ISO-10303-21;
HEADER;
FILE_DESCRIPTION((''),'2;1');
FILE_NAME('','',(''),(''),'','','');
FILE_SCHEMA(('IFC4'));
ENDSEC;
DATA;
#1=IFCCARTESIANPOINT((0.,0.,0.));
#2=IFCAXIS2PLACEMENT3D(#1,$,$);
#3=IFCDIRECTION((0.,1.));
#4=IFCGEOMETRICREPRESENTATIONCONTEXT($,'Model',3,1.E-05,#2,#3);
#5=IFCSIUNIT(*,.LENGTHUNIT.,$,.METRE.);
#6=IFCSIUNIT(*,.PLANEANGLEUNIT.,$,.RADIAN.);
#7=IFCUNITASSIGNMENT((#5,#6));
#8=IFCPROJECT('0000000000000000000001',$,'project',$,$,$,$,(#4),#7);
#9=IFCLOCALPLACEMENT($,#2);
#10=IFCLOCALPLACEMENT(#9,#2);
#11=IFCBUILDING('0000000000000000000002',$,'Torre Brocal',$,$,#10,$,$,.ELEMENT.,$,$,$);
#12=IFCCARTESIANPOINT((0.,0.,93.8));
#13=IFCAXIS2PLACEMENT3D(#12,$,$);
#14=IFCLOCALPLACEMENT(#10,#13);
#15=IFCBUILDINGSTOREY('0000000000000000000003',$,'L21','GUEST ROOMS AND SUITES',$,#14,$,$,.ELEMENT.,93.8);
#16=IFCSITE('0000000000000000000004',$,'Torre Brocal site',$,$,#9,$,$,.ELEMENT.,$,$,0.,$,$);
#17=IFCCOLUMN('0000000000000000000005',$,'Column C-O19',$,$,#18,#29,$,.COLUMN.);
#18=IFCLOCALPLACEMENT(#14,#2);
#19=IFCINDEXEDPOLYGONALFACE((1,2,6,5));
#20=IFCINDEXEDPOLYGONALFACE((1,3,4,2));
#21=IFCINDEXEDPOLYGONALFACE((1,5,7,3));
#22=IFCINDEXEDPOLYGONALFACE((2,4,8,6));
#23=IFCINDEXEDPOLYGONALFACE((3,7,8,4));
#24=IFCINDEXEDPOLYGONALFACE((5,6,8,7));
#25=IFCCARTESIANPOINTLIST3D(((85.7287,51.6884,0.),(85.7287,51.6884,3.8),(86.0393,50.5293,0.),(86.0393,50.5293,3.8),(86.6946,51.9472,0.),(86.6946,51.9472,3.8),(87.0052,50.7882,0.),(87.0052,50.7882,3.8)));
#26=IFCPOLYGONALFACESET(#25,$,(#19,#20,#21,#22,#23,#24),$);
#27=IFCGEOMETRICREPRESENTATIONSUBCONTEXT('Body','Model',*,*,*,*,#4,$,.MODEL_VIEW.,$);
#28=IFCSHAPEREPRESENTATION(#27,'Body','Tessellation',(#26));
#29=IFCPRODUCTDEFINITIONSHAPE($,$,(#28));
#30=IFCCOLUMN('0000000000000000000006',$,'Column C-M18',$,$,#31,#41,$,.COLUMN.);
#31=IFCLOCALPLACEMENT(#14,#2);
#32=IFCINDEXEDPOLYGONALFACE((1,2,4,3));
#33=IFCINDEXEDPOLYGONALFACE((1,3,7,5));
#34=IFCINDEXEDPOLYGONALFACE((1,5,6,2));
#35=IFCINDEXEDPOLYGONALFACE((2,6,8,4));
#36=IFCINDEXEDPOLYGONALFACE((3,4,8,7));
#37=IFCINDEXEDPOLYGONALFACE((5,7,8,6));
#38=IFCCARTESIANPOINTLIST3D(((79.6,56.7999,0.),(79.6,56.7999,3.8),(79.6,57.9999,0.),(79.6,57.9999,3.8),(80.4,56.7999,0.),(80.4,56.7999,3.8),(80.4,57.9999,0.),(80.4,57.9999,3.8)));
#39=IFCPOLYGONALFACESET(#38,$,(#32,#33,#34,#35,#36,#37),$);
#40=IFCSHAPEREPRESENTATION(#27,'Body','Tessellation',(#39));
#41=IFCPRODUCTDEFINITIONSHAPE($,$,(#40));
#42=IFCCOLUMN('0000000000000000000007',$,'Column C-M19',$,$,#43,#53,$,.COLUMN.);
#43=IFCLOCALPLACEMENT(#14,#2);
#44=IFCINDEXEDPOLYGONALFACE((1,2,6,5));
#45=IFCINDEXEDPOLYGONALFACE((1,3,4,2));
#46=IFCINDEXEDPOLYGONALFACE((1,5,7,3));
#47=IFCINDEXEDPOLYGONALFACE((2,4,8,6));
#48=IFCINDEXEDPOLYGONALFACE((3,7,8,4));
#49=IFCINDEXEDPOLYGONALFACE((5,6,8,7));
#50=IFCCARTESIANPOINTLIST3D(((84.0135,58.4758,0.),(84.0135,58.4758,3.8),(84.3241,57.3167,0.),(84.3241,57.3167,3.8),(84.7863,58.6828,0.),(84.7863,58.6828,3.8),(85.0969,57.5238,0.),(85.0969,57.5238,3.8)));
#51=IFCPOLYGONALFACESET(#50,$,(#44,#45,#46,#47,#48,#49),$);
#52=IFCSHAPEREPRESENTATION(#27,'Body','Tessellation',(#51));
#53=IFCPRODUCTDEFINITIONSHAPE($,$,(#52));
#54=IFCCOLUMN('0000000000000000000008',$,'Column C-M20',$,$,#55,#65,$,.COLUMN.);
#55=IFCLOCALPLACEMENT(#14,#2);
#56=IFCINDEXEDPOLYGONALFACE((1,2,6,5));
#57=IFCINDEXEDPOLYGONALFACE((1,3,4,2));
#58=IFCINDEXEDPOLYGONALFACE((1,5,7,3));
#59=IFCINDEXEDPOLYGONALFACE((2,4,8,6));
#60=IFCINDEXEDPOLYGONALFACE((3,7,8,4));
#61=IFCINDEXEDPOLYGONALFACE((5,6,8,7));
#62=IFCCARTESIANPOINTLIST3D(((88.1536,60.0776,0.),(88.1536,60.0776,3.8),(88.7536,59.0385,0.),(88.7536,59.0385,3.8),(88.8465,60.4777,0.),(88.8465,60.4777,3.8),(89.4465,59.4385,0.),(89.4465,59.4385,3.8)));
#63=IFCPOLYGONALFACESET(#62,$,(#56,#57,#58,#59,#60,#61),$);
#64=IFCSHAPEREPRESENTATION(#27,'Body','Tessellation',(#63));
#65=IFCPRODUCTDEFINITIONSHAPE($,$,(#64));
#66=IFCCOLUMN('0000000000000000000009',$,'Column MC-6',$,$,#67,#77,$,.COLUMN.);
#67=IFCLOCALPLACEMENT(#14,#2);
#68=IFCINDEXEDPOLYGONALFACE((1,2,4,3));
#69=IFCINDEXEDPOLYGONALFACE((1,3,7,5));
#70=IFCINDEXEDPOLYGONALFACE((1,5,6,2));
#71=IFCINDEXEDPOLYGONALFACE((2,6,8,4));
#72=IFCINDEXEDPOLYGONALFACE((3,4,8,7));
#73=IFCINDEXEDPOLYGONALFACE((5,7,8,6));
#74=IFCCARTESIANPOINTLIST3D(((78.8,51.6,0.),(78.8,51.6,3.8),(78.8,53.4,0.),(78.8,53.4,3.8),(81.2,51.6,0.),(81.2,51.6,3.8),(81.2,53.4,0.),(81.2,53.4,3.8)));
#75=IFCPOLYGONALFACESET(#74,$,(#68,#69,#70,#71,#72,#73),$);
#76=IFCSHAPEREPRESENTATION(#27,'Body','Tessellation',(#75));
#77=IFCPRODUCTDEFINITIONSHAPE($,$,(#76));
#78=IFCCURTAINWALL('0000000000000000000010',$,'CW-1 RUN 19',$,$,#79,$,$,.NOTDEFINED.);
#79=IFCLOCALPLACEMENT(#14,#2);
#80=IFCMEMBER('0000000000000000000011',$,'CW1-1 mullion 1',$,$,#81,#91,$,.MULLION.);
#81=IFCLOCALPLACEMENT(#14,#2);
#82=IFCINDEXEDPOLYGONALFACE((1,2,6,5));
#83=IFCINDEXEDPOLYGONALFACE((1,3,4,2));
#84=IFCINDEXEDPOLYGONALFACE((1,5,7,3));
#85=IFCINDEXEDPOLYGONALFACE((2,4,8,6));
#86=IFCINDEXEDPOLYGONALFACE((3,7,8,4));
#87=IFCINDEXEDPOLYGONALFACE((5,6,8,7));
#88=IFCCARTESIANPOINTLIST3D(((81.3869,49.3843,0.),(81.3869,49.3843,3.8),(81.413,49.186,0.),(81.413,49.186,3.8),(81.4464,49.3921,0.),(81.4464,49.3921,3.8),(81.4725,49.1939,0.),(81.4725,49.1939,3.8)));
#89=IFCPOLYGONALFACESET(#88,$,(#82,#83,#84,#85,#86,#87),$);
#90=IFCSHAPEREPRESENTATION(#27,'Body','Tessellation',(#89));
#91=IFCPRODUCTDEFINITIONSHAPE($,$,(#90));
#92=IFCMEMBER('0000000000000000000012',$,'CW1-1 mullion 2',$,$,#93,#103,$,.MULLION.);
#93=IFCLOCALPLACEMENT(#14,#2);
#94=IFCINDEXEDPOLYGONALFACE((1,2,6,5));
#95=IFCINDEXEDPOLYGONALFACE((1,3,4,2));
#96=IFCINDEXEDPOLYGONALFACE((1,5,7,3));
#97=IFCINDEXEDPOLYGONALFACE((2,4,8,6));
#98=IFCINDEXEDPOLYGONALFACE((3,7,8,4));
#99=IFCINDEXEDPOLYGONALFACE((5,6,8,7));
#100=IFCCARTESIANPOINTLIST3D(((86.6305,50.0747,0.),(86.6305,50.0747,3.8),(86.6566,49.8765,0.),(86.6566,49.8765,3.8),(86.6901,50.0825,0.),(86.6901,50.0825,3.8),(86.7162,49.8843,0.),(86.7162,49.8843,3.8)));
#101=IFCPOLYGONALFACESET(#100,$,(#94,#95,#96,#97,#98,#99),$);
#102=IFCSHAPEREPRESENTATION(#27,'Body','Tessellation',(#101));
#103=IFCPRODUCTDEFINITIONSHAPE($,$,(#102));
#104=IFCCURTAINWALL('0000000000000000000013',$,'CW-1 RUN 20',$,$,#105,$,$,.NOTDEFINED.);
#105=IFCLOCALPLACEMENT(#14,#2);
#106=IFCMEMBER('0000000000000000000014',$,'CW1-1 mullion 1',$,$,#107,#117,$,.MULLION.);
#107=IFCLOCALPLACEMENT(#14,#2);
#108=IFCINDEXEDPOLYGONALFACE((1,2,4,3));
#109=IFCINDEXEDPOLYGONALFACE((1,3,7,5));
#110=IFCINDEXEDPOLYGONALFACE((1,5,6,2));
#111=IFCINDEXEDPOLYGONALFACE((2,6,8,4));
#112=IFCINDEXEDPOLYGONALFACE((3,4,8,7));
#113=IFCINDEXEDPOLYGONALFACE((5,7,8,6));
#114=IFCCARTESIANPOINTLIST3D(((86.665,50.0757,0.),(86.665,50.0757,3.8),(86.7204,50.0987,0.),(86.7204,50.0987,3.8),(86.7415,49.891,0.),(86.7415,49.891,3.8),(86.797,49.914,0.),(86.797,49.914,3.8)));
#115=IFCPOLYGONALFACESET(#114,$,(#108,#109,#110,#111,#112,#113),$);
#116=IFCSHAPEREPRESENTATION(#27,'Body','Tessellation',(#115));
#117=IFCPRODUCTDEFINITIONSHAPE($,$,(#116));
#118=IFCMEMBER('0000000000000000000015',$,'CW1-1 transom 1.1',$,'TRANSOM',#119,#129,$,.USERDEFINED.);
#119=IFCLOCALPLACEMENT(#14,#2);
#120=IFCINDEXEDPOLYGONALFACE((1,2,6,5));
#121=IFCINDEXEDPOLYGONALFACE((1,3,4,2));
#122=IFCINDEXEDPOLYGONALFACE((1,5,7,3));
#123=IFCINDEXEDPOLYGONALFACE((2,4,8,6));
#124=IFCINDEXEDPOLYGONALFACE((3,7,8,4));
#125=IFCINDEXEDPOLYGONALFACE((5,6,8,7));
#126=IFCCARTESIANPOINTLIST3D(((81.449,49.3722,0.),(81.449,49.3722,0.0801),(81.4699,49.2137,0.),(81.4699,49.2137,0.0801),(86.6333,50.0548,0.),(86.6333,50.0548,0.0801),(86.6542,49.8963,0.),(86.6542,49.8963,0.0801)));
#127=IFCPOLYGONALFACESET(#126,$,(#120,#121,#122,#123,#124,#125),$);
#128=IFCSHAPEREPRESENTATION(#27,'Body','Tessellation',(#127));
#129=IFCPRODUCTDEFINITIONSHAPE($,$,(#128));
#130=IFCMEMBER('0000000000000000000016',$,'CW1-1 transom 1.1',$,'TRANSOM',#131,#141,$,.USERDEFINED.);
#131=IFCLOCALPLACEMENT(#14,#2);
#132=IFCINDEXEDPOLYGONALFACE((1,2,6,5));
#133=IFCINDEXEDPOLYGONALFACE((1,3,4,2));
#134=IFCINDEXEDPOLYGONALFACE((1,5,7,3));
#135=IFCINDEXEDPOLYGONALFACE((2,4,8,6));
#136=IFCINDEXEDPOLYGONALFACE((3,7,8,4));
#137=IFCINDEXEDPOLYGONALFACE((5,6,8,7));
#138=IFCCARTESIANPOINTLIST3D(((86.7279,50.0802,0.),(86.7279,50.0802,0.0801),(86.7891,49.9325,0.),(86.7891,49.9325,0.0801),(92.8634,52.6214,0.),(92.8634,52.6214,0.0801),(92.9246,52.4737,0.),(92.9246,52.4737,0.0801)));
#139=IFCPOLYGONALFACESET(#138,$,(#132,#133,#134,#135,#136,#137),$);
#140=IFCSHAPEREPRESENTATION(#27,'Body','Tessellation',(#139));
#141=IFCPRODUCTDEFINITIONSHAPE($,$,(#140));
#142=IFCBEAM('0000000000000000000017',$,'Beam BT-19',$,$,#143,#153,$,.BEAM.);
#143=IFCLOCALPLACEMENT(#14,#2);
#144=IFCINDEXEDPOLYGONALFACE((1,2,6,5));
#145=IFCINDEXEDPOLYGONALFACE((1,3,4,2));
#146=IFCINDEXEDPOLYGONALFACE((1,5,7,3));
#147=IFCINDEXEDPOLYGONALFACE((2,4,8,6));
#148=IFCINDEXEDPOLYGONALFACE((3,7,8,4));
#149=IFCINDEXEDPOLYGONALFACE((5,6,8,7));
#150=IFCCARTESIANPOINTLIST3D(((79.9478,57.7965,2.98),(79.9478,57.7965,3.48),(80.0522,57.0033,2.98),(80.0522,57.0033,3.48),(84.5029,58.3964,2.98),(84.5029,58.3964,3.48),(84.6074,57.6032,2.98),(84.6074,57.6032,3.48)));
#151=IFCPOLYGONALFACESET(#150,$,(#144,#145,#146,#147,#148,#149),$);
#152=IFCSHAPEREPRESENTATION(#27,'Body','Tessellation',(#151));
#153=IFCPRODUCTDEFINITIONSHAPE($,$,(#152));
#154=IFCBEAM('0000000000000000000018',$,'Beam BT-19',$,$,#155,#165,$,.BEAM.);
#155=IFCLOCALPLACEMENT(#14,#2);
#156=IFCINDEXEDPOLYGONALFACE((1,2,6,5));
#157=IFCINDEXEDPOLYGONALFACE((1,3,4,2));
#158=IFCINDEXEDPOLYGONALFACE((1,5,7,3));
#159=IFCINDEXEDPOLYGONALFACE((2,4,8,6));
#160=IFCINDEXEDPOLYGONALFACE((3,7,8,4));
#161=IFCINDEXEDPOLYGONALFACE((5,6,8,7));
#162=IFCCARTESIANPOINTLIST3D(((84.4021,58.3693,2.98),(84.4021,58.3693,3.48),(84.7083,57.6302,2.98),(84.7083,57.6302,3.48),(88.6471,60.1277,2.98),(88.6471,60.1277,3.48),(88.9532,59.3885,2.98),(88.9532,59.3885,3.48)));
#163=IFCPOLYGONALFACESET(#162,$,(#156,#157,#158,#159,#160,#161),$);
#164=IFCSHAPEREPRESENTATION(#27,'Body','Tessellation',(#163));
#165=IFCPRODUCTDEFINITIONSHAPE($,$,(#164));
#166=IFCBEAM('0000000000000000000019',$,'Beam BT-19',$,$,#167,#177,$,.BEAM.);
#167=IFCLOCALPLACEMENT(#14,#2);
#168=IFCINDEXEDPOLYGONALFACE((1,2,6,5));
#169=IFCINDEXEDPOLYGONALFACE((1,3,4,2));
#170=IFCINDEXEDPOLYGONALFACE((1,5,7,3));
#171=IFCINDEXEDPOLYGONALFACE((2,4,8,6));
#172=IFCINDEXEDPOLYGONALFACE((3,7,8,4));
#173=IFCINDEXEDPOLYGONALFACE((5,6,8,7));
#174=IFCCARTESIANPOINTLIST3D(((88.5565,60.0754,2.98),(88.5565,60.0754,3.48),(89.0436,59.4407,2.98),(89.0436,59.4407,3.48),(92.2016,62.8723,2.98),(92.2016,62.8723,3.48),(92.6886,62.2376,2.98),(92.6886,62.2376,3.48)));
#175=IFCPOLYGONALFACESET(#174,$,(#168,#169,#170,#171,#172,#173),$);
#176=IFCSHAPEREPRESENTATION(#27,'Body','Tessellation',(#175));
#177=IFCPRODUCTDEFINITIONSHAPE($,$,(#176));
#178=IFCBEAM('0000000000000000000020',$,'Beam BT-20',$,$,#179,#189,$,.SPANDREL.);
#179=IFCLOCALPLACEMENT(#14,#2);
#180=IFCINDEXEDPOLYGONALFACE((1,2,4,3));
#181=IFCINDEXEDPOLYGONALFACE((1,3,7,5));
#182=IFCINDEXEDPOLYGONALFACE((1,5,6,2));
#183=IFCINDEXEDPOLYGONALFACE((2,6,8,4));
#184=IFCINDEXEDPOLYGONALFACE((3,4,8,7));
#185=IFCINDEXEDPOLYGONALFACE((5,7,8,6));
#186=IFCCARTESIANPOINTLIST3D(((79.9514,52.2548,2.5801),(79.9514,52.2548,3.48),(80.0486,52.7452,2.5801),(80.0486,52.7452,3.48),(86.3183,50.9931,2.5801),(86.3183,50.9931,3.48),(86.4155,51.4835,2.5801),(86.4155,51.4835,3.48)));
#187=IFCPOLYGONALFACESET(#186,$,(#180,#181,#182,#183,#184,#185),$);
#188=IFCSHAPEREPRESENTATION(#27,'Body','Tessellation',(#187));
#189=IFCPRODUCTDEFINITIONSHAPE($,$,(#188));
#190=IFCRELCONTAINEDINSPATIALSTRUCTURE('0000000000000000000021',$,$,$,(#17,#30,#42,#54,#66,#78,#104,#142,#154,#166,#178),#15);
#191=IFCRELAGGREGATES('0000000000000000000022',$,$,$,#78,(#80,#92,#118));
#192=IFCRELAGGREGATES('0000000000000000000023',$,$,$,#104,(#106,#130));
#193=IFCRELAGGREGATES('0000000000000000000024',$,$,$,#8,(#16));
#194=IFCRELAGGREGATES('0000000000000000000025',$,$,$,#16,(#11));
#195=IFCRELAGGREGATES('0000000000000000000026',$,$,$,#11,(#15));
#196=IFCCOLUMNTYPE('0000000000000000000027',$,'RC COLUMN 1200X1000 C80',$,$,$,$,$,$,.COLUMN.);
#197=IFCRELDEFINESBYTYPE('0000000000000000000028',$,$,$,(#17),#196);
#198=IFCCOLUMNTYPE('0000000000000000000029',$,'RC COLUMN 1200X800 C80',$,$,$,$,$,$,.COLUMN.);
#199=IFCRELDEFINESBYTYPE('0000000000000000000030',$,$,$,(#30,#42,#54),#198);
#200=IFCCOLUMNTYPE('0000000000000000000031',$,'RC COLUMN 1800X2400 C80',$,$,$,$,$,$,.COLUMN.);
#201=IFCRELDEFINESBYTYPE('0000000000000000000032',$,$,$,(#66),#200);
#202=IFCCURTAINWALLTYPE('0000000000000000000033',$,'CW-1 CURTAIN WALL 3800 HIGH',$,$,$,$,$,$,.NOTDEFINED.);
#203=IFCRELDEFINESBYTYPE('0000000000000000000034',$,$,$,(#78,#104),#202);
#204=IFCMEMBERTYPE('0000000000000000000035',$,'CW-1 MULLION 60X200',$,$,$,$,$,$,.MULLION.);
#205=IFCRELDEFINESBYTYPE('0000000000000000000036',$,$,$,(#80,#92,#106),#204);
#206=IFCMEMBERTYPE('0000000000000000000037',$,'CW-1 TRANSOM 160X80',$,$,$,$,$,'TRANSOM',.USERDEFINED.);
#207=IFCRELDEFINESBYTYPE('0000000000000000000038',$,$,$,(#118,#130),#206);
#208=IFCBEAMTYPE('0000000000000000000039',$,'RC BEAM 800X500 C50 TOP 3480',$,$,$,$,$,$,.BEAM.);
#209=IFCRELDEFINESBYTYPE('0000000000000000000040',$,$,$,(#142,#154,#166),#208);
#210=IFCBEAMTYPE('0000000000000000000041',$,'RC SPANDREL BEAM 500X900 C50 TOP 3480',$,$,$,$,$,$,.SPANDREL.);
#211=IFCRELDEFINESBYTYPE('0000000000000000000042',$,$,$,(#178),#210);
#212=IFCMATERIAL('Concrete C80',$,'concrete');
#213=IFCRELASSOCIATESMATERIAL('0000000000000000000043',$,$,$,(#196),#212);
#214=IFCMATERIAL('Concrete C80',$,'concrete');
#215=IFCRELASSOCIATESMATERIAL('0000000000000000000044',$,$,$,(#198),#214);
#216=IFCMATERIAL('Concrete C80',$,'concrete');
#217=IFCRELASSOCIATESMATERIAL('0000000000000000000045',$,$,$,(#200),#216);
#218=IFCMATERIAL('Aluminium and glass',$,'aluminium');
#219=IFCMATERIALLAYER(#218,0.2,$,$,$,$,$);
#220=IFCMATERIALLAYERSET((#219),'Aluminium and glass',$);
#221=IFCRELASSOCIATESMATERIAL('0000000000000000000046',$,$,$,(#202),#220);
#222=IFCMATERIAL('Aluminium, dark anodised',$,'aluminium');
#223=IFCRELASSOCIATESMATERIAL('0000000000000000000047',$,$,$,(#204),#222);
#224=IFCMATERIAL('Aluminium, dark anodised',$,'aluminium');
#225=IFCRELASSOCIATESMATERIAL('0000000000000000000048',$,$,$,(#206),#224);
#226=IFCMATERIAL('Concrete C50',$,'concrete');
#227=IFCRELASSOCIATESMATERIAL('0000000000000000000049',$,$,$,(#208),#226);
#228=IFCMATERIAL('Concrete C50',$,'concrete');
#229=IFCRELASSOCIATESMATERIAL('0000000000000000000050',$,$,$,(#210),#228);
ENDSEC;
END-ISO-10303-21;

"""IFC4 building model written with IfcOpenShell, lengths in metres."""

from ifc_helpers import new_model, si_unit, direction, frame, origin, origin_2d, place, context, subcontext, project, spatial, rectangle, extrude, material, layer, layer_set, material_profile, profile_set, type_object, element, aggregate, save


model = new_model("IFC4")

# Units and contexts
model_context = context("Model", 3, precision=1e-05, world=origin(), true_north=direction((0.0, 1.0)))
body_context = subcontext(model_context, "Body", "Model", "MODEL_VIEW")
ifc_project = project(units=[si_unit("LENGTHUNIT", "METRE"), si_unit("PLANEANGLEUNIT", "RADIAN")], contexts=[model_context])

# Site, building, storey
site_placement = place(None, origin())
site = spatial("IfcSite", under=ifc_project, at=site_placement, Name="Torre Brocal site", CompositionType="ELEMENT", RefElevation=0.0)
building_placement = place(site_placement, origin())
building = spatial("IfcBuilding", under=site, at=building_placement, Name="Torre Brocal", CompositionType="ELEMENT")
storey_placement = place(building_placement, frame((0.0, 0.0, 93.8)))
storey = spatial("IfcBuildingStorey", under=building, at=storey_placement, Name="L21", Description="GUEST ROOMS AND SUITES", CompositionType="ELEMENT", Elevation=93.8)

# Columns
ifc_material_1 = material(Name="Concrete C80", Category="concrete")
ifc_material_profile_1 = material_profile(ifc_material_1, rectangle(XDim=1.2, YDim=1.0, at=origin_2d()), Name="RC 1200X1000")
ifc_profile_set_1 = profile_set([ifc_material_profile_1], Name="Concrete C80")
column_type_1 = type_object("IfcColumnType", Name="RC COLUMN 1200X1000 C80", PredefinedType="COLUMN", material=ifc_profile_set_1)
column_1_placement = place(storey_placement, frame((86.3669, 51.2383, 0.0), z_axis=(0.0, 0.0, 1.0), x_axis=(0.258819, -0.965926, 0.0)))
element("IfcColumn", 1, at=column_1_placement, inside=storey, type_object=column_type_1, Name="Column C-O19", PredefinedType="COLUMN", context=body_context, shape_type="SweptSolid", body=[
    extrude(rectangle(XDim=1.2, YDim=1.0, at=origin_2d()), origin(), (0.0, 0.0, 1.0), 3.8),
])
ifc_material_2 = material(Name="Concrete C80", Category="concrete")
ifc_material_profile_2 = material_profile(ifc_material_2, rectangle(XDim=1.2, YDim=0.8, at=origin_2d()), Name="RC 1200X800")
ifc_profile_set_2 = profile_set([ifc_material_profile_2], Name="Concrete C80")
column_type_2 = type_object("IfcColumnType", Name="RC COLUMN 1200X800 C80", PredefinedType="COLUMN", material=ifc_profile_set_2)
for number, where, z_axis, x_axis, name in (
    (2, (80.0, 57.3999, 0.0), (0.0, 0.0, 1.0), (0.0, -1.0, 0.0), "Column C-M18"),
    (3, (84.5552, 57.9998, 0.0), (0.0, 0.0, 1.0), (0.258819, -0.965926, 0.0), "Column C-M19"),
    (4, (88.8, 59.7581, 0.0), (0.0, 0.0, 1.0), (0.5, -0.866025, 0.0), "Column C-M20"),
):
    element("IfcColumn", number, at=place(storey_placement, frame(where, z_axis=z_axis, x_axis=x_axis)), inside=storey, type_object=column_type_2, Name=name, PredefinedType="COLUMN", context=body_context, shape_type="SweptSolid", body=[
        extrude(rectangle(XDim=1.2, YDim=0.8, at=origin_2d()), origin(), (0.0, 0.0, 1.0), 3.8),
    ])
ifc_material_3 = material(Name="Concrete C80", Category="concrete")
ifc_material_profile_3 = material_profile(ifc_material_3, rectangle(XDim=1.8, YDim=2.3999, at=origin_2d()), Name="RC 1800X2400")
ifc_profile_set_3 = profile_set([ifc_material_profile_3], Name="Concrete C80")
column_type_3 = type_object("IfcColumnType", Name="RC COLUMN 1800X2400 C80", PredefinedType="COLUMN", material=ifc_profile_set_3)
column_2_placement = place(storey_placement, frame((80.0, 52.5, 0.0), z_axis=(0.0, 0.0, 1.0), x_axis=(0.0, -1.0, 0.0)))
element("IfcColumn", 5, at=column_2_placement, inside=storey, type_object=column_type_3, Name="Column MC-6", PredefinedType="COLUMN", context=body_context, shape_type="SweptSolid", body=[
    extrude(rectangle(XDim=1.8, YDim=2.3999, at=origin_2d()), origin(), (0.0, 0.0, 1.0), 3.8),
])

# Curtain wall, members
ifc_material_4 = material(Name="Aluminium and glass", Category="aluminium")
ifc_layer_1 = layer(ifc_material_4, 0.2)
ifc_layer_set_1 = layer_set([ifc_layer_1], Name="Aluminium and glass")
curtain_wall_type = type_object("IfcCurtainWallType", Name="CW-1 CURTAIN WALL 3800 HIGH", PredefinedType="NOTDEFINED", material=ifc_layer_set_1)
curtain_wall_1_placement = place(storey_placement, origin())
curtain_wall_1 = element("IfcCurtainWall", 6, at=curtain_wall_1_placement, inside=storey, type_object=curtain_wall_type, Name="CW-1 RUN 19", PredefinedType="NOTDEFINED")
ifc_material_5 = material(Name="Aluminium, dark anodised", Category="aluminium")
ifc_material_profile_4 = material_profile(ifc_material_5, rectangle(XDim=0.2, YDim=0.0601, at=origin_2d()), Name="CW-1 MULLION 60X200")
ifc_profile_set_4 = profile_set([ifc_material_profile_4], Name="Aluminium, dark anodised")
member_type_1 = type_object("IfcMemberType", Name="CW-1 MULLION 60X200", PredefinedType="MULLION", material=ifc_profile_set_4)
member_1_placement = place(storey_placement, frame((81.4297, 49.2891, 0.0), z_axis=(0.0, 0.0, 1.0), x_axis=(-0.130526, 0.991445, 0.0)))
member_1 = element("IfcMember", 7, at=member_1_placement, type_object=member_type_1, Name="CW1-1 mullion 1", PredefinedType="MULLION", context=body_context, shape_type="SweptSolid", body=[
    extrude(rectangle(XDim=0.2, YDim=0.0601, at=origin_2d()), origin(), (0.0, 0.0, 1.0), 3.8),
])
member_2_placement = place(storey_placement, frame((86.6733, 49.9795, 0.0), z_axis=(0.0, 0.0, 1.0), x_axis=(-0.130526, 0.991445, 0.0)))
member_2 = element("IfcMember", 8, at=member_2_placement, type_object=member_type_1, Name="CW1-1 mullion 2", PredefinedType="MULLION", context=body_context, shape_type="SweptSolid", body=[
    extrude(rectangle(XDim=0.2, YDim=0.0601, at=origin_2d()), origin(), (0.0, 0.0, 1.0), 3.8),
])

# Curtain wall, member
curtain_wall_2_placement = place(storey_placement, origin())
curtain_wall_2 = element("IfcCurtainWall", 9, at=curtain_wall_2_placement, inside=storey, type_object=curtain_wall_type, Name="CW-1 RUN 20", PredefinedType="NOTDEFINED")
member_3_placement = place(storey_placement, frame((86.731, 49.9949, 0.0), z_axis=(0.0, 0.0, 1.0), x_axis=(-0.382683, 0.92388, 0.0)))
member_3 = element("IfcMember", 10, at=member_3_placement, type_object=member_type_1, Name="CW1-1 mullion 1", PredefinedType="MULLION", context=body_context, shape_type="SweptSolid", body=[
    extrude(rectangle(XDim=0.2, YDim=0.0601, at=origin_2d()), origin(), (0.0, 0.0, 1.0), 3.8),
])

# Members
ifc_material_6 = material(Name="Aluminium, dark anodised", Category="aluminium")
ifc_material_profile_5 = material_profile(ifc_material_6, rectangle(XDim=0.1599, YDim=0.0801, at=origin_2d()), Name="CW-1 TRANSOM 160X80")
ifc_profile_set_5 = profile_set([ifc_material_profile_5], Name="Aluminium, dark anodised")
member_type_2 = type_object("IfcMemberType", Name="CW-1 TRANSOM 160X80", ElementType="TRANSOM", PredefinedType="USERDEFINED", material=ifc_profile_set_5)
member_4_placement = place(storey_placement, frame((81.4595, 49.293, 0.04), z_axis=(0.991443, 0.130543, 0.0), x_axis=(-0.130543, 0.991443, 0.0)))
member_4 = element("IfcMember", 11, at=member_4_placement, type_object=member_type_2, Name="CW1-1 transom 1.1", ObjectType="TRANSOM", PredefinedType="USERDEFINED", context=body_context, shape_type="SweptSolid", body=[
    extrude(rectangle(XDim=0.1599, YDim=0.0801, at=origin_2d()), origin(), (0.0, 0.0, 1.0), 5.229),
])
member_5_placement = place(storey_placement, frame((86.7585, 50.0063, 0.04), z_axis=(0.923887, 0.382665, 0.0), x_axis=(-0.382665, 0.923887, 0.0)))
member_5 = element("IfcMember", 12, at=member_5_placement, type_object=member_type_2, Name="CW1-1 transom 1.1", ObjectType="TRANSOM", PredefinedType="USERDEFINED", context=body_context, shape_type="SweptSolid", body=[
    extrude(rectangle(XDim=0.1599, YDim=0.0801, at=origin_2d()), origin(), (0.0, 0.0, 1.0), 6.6409),
])

# Beams
ifc_material_7 = material(Name="Concrete C50", Category="concrete")
ifc_material_profile_6 = material_profile(ifc_material_7, rectangle(XDim=0.8, YDim=0.5, at=origin_2d()), Name="RC 800X500")
ifc_profile_set_6 = profile_set([ifc_material_profile_6], Name="Concrete C50")
beam_type_1 = type_object("IfcBeamType", Name="RC BEAM 800X500 C50 TOP 3480", PredefinedType="BEAM", material=ifc_profile_set_6)
beam_1_placement = place(storey_placement, frame((80.0, 57.3999, 3.23), z_axis=(0.991441, 0.130559, 0.0), x_axis=(-0.130559, 0.991441, 0.0)))
element("IfcBeam", 13, at=beam_1_placement, inside=storey, type_object=beam_type_1, Name="Beam BT-19", PredefinedType="BEAM", context=body_context, shape_type="SweptSolid", body=[
    extrude(rectangle(XDim=0.8, YDim=0.5, at=origin_2d()), origin(), (0.0, 0.0, 1.0), 4.5945),
])
beam_2_placement = place(storey_placement, frame((84.5552, 57.9998, 3.23), z_axis=(0.923878, 0.382687, 0.0), x_axis=(-0.382687, 0.923878, 0.0)))
element("IfcBeam", 14, at=beam_2_placement, inside=storey, type_object=beam_type_1, Name="Beam BT-19", PredefinedType="BEAM", context=body_context, shape_type="SweptSolid", body=[
    extrude(rectangle(XDim=0.8, YDim=0.5, at=origin_2d()), origin(), (0.0, 0.0, 1.0), 4.5947),
])
beam_3_placement = place(storey_placement, frame((88.8, 59.7581, 3.23), z_axis=(0.793358, 0.608755, 0.0), x_axis=(-0.608755, 0.793358, 0.0)))
element("IfcBeam", 15, at=beam_3_placement, inside=storey, type_object=beam_type_1, Name="Beam BT-19", PredefinedType="BEAM", context=body_context, shape_type="SweptSolid", body=[
    extrude(rectangle(XDim=0.8, YDim=0.5, at=origin_2d()), origin(), (0.0, 0.0, 1.0), 4.5945),
])
ifc_material_8 = material(Name="Concrete C50", Category="concrete")
ifc_material_profile_7 = material_profile(ifc_material_8, rectangle(XDim=0.5, YDim=0.8999, at=origin_2d()), Name="RC 500X900")
ifc_profile_set_7 = profile_set([ifc_material_profile_7], Name="Concrete C50")
beam_type_2 = type_object("IfcBeamType", Name="RC SPANDREL BEAM 500X900 C50 TOP 3480", PredefinedType="SPANDREL", material=ifc_profile_set_7)
beam_4_placement = place(storey_placement, frame((80.0, 52.5, 3.03), z_axis=(0.980925, -0.194387, 0.0), x_axis=(0.194387, 0.980925, 0.0)))
element("IfcBeam", 16, at=beam_4_placement, inside=storey, type_object=beam_type_2, Name="Beam BT-20", PredefinedType="SPANDREL", context=body_context, shape_type="SweptSolid", body=[
    extrude(rectangle(XDim=0.5, YDim=0.8999, at=origin_2d()), origin(), (0.0, 0.0, 1.0), 6.4907),
])

aggregate(curtain_wall_1, [member_1, member_2, member_4])
aggregate(curtain_wall_2, [member_3, member_5])

save(model, "model.ifc")
